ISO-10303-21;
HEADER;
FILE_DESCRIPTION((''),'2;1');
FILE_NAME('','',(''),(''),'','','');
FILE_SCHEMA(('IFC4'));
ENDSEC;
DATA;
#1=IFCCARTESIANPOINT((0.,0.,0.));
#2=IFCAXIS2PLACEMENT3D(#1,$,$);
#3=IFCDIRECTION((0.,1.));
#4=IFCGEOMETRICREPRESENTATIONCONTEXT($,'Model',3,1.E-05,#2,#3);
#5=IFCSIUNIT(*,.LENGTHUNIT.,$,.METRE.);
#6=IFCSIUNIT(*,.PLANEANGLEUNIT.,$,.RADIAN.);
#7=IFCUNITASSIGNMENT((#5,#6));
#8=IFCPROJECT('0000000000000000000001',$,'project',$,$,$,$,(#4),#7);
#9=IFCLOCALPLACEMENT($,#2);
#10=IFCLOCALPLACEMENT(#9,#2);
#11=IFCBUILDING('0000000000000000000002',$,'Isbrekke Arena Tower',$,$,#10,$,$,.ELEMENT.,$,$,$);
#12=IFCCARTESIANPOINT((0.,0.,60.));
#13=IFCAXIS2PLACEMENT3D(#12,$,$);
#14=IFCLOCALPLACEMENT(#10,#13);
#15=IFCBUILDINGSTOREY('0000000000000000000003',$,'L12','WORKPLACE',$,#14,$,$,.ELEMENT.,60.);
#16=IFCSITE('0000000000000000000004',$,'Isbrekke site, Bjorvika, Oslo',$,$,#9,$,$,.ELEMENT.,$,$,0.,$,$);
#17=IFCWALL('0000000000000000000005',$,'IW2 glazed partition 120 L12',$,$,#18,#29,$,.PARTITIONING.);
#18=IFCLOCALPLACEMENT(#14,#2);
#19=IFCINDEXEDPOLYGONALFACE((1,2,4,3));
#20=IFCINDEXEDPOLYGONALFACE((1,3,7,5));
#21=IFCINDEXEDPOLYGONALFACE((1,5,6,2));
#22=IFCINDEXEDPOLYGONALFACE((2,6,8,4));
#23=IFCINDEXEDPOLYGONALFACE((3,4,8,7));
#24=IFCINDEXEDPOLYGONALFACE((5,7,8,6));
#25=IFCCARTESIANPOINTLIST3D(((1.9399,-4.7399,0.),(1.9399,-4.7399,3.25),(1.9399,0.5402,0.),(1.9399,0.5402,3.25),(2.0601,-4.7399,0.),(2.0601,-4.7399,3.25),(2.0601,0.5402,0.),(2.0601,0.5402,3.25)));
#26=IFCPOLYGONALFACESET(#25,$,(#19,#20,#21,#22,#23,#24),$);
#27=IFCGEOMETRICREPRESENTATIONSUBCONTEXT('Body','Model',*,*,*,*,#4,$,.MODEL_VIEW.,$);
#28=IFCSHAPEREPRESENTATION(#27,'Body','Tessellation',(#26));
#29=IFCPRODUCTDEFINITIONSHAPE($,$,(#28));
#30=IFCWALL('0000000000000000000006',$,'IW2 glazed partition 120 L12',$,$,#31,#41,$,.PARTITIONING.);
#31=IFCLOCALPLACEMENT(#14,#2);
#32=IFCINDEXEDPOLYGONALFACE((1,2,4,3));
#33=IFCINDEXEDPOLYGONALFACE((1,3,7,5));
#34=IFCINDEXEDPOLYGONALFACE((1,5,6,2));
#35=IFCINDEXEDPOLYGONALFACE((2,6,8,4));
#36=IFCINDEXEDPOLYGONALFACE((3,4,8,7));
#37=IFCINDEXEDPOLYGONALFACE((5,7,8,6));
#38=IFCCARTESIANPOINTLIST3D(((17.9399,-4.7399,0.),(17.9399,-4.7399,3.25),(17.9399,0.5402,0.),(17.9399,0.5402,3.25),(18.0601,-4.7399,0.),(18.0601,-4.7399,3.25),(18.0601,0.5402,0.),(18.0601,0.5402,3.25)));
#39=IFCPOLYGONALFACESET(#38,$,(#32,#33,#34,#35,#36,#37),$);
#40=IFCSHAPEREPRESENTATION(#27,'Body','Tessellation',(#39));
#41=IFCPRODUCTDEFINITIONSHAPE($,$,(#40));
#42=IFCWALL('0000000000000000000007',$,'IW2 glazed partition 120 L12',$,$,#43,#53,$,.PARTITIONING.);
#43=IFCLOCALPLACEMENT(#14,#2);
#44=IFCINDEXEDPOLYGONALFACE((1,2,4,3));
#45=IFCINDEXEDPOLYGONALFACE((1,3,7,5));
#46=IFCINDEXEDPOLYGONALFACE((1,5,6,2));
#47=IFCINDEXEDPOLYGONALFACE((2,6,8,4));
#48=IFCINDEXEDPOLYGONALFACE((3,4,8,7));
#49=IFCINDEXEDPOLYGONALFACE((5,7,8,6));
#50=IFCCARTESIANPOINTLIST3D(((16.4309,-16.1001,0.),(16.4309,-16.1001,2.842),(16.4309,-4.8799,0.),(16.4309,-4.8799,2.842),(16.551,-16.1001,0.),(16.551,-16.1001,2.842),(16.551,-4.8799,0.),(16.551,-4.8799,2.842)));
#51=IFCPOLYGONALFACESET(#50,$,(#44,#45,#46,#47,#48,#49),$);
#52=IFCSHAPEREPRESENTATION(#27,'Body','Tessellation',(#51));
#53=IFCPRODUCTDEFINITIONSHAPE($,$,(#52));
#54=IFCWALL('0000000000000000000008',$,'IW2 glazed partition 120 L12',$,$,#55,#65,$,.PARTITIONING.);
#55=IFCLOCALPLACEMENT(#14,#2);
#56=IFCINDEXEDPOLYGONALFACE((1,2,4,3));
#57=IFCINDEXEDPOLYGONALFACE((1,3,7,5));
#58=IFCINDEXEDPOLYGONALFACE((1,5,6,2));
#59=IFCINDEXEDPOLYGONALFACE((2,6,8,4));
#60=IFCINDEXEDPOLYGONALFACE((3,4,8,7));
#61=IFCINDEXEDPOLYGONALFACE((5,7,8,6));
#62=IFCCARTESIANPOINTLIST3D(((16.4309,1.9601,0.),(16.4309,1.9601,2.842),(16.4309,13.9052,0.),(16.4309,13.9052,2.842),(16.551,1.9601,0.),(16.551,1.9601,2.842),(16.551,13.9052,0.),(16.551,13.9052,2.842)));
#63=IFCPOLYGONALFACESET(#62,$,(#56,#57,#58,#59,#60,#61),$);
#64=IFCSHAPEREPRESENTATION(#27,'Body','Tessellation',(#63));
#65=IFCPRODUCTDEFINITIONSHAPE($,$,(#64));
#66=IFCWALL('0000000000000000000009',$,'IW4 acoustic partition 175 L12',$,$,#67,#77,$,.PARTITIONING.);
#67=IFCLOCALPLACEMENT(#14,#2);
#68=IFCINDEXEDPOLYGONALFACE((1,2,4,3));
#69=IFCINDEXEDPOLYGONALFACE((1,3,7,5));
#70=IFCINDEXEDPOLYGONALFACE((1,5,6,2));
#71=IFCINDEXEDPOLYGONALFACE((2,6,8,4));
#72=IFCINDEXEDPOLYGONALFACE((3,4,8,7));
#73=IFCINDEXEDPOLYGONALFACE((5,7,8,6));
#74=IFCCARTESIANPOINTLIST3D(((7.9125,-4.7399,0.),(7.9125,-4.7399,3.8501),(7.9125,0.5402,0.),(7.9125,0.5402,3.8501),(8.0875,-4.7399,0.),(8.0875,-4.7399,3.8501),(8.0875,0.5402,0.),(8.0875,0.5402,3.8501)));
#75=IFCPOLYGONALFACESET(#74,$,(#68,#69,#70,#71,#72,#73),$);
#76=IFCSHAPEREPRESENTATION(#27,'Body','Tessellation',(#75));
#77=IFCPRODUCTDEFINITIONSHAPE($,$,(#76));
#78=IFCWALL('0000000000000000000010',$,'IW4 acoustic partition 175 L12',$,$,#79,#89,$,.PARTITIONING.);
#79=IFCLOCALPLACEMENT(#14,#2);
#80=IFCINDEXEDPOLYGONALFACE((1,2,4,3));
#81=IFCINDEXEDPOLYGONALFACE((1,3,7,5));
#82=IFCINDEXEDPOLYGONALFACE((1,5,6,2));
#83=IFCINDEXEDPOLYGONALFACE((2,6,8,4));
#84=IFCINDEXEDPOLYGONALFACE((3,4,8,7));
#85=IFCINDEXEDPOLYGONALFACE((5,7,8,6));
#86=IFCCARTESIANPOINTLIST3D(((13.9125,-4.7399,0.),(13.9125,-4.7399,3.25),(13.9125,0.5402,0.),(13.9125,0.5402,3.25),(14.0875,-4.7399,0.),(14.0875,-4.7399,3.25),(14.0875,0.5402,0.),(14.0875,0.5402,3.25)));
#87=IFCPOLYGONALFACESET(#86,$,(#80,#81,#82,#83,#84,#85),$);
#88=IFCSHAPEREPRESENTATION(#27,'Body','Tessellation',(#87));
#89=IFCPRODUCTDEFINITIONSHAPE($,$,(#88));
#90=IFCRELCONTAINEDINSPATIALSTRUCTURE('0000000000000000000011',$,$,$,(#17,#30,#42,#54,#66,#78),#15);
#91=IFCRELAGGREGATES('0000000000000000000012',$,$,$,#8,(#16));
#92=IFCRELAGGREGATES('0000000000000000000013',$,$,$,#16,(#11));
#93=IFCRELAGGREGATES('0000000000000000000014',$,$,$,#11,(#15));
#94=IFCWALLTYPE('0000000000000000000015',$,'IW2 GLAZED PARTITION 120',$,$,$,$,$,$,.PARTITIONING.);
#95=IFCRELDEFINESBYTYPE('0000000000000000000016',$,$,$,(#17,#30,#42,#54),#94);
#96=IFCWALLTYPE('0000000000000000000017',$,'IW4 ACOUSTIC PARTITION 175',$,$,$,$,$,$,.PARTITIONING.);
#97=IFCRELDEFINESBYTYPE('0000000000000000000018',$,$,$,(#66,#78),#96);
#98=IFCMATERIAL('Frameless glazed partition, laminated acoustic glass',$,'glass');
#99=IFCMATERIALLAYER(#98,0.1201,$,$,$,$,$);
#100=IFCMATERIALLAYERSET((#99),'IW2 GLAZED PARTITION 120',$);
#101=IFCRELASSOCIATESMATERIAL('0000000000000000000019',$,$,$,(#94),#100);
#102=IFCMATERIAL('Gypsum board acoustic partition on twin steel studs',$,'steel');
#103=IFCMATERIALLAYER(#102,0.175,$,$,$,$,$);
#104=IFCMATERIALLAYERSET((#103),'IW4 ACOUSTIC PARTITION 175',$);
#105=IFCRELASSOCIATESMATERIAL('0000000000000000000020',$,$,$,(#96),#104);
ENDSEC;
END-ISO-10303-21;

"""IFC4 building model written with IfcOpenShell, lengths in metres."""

from ifc_helpers import new_model, si_unit, direction, frame, frame_2d, origin, place, context, subcontext, project, spatial, rectangle, extrude, material, layer, layer_set, type_object, element, save


model = new_model("IFC4")

# Units and contexts
model_context = context("Model", 3, precision=1e-05, world=origin(), true_north=direction((0.0, 1.0)))
body_context = subcontext(model_context, "Body", "Model", "MODEL_VIEW")
ifc_project = project(units=[si_unit("LENGTHUNIT", "METRE"), si_unit("PLANEANGLEUNIT", "RADIAN")], contexts=[model_context])

# Site, building, storey
site_placement = place(None, origin())
site = spatial("IfcSite", under=ifc_project, at=site_placement, Name="Isbrekke site, Bjorvika, Oslo", CompositionType="ELEMENT", RefElevation=0.0)
building_placement = place(site_placement, origin())
building = spatial("IfcBuilding", under=site, at=building_placement, Name="Isbrekke Arena Tower", CompositionType="ELEMENT")
storey_placement = place(building_placement, frame((0.0, 0.0, 60.0)))
storey = spatial("IfcBuildingStorey", under=building, at=storey_placement, Name="L12", Description="WORKPLACE", CompositionType="ELEMENT", Elevation=60.0)

# Shared definitions
ifc_material_1 = material(Name="Frameless glazed partition, laminated acoustic glass", Category="glass")
ifc_layer_1 = layer(ifc_material_1, 0.1201)
ifc_layer_set_1 = layer_set([ifc_layer_1], Name="IW2 GLAZED PARTITION 120")
wall_type_1 = type_object("IfcWallType", Name="IW2 GLAZED PARTITION 120", PredefinedType="PARTITIONING", material=ifc_layer_set_1)

# Walls
for number, where, z_axis, x_axis, name in (
    (1, (2.0, -4.74, 0.0), (0.0, 0.0, 1.0), (0.0, 1.0, 0.0), "IW2 glazed partition 120 L12"),
    (2, (18.0, -4.74, 0.0), (0.0, 0.0, 1.0), (0.0, 1.0, 0.0), "IW2 glazed partition 120 L12"),
):
    element("IfcWall", number, at=place(storey_placement, frame(where, z_axis=z_axis, x_axis=x_axis)), inside=storey, type_object=wall_type_1, Name=name, PredefinedType="PARTITIONING", context=body_context, shape_type="SweptSolid", body=[
        extrude(rectangle(XDim=5.28, YDim=0.1201, at=frame_2d((2.6401, 0.0))), origin(), (0.0, 0.0, 1.0), 3.25),
    ])
wall_1_placement = place(storey_placement, frame((16.491, -16.1001, 0.0), z_axis=(0.0, 0.0, 1.0), x_axis=(0.0, 1.0, 0.0)))
element("IfcWall", 3, at=wall_1_placement, inside=storey, type_object=wall_type_1, Name="IW2 glazed partition 120 L12", PredefinedType="PARTITIONING", context=body_context, shape_type="SweptSolid", body=[
    extrude(rectangle(XDim=11.2202, YDim=0.1201, at=frame_2d((5.6101, 0.0))), origin(), (0.0, 0.0, 1.0), 2.842),
])
wall_2_placement = place(storey_placement, frame((16.491, 1.96, 0.0), z_axis=(0.0, 0.0, 1.0), x_axis=(0.0, 1.0, 0.0)))
element("IfcWall", 4, at=wall_2_placement, inside=storey, type_object=wall_type_1, Name="IW2 glazed partition 120 L12", PredefinedType="PARTITIONING", context=body_context, shape_type="SweptSolid", body=[
    extrude(rectangle(XDim=11.9451, YDim=0.1201, at=frame_2d((5.9727, 0.0))), origin(), (0.0, 0.0, 1.0), 2.842),
])
ifc_material_2 = material(Name="Gypsum board acoustic partition on twin steel studs", Category="steel")
ifc_layer_2 = layer(ifc_material_2, 0.175)
ifc_layer_set_2 = layer_set([ifc_layer_2], Name="IW4 ACOUSTIC PARTITION 175")
wall_type_2 = type_object("IfcWallType", Name="IW4 ACOUSTIC PARTITION 175", PredefinedType="PARTITIONING", material=ifc_layer_set_2)
wall_3_placement = place(storey_placement, frame((8.0, -4.74, 0.0), z_axis=(0.0, 0.0, 1.0), x_axis=(0.0, 1.0, 0.0)))
element("IfcWall", 5, at=wall_3_placement, inside=storey, type_object=wall_type_2, Name="IW4 acoustic partition 175 L12", PredefinedType="PARTITIONING", context=body_context, shape_type="SweptSolid", body=[
    extrude(rectangle(XDim=5.28, YDim=0.175, at=frame_2d((2.6401, 0.0))), origin(), (0.0, 0.0, 1.0), 3.8501),
])
wall_4_placement = place(storey_placement, frame((14.0, -4.74, 0.0), z_axis=(0.0, 0.0, 1.0), x_axis=(0.0, 1.0, 0.0)))
element("IfcWall", 6, at=wall_4_placement, inside=storey, type_object=wall_type_2, Name="IW4 acoustic partition 175 L12", PredefinedType="PARTITIONING", context=body_context, shape_type="SweptSolid", body=[
    extrude(rectangle(XDim=5.28, YDim=0.175, at=frame_2d((2.6401, 0.0))), origin(), (0.0, 0.0, 1.0), 3.25),
])

save(model, "model.ifc")
